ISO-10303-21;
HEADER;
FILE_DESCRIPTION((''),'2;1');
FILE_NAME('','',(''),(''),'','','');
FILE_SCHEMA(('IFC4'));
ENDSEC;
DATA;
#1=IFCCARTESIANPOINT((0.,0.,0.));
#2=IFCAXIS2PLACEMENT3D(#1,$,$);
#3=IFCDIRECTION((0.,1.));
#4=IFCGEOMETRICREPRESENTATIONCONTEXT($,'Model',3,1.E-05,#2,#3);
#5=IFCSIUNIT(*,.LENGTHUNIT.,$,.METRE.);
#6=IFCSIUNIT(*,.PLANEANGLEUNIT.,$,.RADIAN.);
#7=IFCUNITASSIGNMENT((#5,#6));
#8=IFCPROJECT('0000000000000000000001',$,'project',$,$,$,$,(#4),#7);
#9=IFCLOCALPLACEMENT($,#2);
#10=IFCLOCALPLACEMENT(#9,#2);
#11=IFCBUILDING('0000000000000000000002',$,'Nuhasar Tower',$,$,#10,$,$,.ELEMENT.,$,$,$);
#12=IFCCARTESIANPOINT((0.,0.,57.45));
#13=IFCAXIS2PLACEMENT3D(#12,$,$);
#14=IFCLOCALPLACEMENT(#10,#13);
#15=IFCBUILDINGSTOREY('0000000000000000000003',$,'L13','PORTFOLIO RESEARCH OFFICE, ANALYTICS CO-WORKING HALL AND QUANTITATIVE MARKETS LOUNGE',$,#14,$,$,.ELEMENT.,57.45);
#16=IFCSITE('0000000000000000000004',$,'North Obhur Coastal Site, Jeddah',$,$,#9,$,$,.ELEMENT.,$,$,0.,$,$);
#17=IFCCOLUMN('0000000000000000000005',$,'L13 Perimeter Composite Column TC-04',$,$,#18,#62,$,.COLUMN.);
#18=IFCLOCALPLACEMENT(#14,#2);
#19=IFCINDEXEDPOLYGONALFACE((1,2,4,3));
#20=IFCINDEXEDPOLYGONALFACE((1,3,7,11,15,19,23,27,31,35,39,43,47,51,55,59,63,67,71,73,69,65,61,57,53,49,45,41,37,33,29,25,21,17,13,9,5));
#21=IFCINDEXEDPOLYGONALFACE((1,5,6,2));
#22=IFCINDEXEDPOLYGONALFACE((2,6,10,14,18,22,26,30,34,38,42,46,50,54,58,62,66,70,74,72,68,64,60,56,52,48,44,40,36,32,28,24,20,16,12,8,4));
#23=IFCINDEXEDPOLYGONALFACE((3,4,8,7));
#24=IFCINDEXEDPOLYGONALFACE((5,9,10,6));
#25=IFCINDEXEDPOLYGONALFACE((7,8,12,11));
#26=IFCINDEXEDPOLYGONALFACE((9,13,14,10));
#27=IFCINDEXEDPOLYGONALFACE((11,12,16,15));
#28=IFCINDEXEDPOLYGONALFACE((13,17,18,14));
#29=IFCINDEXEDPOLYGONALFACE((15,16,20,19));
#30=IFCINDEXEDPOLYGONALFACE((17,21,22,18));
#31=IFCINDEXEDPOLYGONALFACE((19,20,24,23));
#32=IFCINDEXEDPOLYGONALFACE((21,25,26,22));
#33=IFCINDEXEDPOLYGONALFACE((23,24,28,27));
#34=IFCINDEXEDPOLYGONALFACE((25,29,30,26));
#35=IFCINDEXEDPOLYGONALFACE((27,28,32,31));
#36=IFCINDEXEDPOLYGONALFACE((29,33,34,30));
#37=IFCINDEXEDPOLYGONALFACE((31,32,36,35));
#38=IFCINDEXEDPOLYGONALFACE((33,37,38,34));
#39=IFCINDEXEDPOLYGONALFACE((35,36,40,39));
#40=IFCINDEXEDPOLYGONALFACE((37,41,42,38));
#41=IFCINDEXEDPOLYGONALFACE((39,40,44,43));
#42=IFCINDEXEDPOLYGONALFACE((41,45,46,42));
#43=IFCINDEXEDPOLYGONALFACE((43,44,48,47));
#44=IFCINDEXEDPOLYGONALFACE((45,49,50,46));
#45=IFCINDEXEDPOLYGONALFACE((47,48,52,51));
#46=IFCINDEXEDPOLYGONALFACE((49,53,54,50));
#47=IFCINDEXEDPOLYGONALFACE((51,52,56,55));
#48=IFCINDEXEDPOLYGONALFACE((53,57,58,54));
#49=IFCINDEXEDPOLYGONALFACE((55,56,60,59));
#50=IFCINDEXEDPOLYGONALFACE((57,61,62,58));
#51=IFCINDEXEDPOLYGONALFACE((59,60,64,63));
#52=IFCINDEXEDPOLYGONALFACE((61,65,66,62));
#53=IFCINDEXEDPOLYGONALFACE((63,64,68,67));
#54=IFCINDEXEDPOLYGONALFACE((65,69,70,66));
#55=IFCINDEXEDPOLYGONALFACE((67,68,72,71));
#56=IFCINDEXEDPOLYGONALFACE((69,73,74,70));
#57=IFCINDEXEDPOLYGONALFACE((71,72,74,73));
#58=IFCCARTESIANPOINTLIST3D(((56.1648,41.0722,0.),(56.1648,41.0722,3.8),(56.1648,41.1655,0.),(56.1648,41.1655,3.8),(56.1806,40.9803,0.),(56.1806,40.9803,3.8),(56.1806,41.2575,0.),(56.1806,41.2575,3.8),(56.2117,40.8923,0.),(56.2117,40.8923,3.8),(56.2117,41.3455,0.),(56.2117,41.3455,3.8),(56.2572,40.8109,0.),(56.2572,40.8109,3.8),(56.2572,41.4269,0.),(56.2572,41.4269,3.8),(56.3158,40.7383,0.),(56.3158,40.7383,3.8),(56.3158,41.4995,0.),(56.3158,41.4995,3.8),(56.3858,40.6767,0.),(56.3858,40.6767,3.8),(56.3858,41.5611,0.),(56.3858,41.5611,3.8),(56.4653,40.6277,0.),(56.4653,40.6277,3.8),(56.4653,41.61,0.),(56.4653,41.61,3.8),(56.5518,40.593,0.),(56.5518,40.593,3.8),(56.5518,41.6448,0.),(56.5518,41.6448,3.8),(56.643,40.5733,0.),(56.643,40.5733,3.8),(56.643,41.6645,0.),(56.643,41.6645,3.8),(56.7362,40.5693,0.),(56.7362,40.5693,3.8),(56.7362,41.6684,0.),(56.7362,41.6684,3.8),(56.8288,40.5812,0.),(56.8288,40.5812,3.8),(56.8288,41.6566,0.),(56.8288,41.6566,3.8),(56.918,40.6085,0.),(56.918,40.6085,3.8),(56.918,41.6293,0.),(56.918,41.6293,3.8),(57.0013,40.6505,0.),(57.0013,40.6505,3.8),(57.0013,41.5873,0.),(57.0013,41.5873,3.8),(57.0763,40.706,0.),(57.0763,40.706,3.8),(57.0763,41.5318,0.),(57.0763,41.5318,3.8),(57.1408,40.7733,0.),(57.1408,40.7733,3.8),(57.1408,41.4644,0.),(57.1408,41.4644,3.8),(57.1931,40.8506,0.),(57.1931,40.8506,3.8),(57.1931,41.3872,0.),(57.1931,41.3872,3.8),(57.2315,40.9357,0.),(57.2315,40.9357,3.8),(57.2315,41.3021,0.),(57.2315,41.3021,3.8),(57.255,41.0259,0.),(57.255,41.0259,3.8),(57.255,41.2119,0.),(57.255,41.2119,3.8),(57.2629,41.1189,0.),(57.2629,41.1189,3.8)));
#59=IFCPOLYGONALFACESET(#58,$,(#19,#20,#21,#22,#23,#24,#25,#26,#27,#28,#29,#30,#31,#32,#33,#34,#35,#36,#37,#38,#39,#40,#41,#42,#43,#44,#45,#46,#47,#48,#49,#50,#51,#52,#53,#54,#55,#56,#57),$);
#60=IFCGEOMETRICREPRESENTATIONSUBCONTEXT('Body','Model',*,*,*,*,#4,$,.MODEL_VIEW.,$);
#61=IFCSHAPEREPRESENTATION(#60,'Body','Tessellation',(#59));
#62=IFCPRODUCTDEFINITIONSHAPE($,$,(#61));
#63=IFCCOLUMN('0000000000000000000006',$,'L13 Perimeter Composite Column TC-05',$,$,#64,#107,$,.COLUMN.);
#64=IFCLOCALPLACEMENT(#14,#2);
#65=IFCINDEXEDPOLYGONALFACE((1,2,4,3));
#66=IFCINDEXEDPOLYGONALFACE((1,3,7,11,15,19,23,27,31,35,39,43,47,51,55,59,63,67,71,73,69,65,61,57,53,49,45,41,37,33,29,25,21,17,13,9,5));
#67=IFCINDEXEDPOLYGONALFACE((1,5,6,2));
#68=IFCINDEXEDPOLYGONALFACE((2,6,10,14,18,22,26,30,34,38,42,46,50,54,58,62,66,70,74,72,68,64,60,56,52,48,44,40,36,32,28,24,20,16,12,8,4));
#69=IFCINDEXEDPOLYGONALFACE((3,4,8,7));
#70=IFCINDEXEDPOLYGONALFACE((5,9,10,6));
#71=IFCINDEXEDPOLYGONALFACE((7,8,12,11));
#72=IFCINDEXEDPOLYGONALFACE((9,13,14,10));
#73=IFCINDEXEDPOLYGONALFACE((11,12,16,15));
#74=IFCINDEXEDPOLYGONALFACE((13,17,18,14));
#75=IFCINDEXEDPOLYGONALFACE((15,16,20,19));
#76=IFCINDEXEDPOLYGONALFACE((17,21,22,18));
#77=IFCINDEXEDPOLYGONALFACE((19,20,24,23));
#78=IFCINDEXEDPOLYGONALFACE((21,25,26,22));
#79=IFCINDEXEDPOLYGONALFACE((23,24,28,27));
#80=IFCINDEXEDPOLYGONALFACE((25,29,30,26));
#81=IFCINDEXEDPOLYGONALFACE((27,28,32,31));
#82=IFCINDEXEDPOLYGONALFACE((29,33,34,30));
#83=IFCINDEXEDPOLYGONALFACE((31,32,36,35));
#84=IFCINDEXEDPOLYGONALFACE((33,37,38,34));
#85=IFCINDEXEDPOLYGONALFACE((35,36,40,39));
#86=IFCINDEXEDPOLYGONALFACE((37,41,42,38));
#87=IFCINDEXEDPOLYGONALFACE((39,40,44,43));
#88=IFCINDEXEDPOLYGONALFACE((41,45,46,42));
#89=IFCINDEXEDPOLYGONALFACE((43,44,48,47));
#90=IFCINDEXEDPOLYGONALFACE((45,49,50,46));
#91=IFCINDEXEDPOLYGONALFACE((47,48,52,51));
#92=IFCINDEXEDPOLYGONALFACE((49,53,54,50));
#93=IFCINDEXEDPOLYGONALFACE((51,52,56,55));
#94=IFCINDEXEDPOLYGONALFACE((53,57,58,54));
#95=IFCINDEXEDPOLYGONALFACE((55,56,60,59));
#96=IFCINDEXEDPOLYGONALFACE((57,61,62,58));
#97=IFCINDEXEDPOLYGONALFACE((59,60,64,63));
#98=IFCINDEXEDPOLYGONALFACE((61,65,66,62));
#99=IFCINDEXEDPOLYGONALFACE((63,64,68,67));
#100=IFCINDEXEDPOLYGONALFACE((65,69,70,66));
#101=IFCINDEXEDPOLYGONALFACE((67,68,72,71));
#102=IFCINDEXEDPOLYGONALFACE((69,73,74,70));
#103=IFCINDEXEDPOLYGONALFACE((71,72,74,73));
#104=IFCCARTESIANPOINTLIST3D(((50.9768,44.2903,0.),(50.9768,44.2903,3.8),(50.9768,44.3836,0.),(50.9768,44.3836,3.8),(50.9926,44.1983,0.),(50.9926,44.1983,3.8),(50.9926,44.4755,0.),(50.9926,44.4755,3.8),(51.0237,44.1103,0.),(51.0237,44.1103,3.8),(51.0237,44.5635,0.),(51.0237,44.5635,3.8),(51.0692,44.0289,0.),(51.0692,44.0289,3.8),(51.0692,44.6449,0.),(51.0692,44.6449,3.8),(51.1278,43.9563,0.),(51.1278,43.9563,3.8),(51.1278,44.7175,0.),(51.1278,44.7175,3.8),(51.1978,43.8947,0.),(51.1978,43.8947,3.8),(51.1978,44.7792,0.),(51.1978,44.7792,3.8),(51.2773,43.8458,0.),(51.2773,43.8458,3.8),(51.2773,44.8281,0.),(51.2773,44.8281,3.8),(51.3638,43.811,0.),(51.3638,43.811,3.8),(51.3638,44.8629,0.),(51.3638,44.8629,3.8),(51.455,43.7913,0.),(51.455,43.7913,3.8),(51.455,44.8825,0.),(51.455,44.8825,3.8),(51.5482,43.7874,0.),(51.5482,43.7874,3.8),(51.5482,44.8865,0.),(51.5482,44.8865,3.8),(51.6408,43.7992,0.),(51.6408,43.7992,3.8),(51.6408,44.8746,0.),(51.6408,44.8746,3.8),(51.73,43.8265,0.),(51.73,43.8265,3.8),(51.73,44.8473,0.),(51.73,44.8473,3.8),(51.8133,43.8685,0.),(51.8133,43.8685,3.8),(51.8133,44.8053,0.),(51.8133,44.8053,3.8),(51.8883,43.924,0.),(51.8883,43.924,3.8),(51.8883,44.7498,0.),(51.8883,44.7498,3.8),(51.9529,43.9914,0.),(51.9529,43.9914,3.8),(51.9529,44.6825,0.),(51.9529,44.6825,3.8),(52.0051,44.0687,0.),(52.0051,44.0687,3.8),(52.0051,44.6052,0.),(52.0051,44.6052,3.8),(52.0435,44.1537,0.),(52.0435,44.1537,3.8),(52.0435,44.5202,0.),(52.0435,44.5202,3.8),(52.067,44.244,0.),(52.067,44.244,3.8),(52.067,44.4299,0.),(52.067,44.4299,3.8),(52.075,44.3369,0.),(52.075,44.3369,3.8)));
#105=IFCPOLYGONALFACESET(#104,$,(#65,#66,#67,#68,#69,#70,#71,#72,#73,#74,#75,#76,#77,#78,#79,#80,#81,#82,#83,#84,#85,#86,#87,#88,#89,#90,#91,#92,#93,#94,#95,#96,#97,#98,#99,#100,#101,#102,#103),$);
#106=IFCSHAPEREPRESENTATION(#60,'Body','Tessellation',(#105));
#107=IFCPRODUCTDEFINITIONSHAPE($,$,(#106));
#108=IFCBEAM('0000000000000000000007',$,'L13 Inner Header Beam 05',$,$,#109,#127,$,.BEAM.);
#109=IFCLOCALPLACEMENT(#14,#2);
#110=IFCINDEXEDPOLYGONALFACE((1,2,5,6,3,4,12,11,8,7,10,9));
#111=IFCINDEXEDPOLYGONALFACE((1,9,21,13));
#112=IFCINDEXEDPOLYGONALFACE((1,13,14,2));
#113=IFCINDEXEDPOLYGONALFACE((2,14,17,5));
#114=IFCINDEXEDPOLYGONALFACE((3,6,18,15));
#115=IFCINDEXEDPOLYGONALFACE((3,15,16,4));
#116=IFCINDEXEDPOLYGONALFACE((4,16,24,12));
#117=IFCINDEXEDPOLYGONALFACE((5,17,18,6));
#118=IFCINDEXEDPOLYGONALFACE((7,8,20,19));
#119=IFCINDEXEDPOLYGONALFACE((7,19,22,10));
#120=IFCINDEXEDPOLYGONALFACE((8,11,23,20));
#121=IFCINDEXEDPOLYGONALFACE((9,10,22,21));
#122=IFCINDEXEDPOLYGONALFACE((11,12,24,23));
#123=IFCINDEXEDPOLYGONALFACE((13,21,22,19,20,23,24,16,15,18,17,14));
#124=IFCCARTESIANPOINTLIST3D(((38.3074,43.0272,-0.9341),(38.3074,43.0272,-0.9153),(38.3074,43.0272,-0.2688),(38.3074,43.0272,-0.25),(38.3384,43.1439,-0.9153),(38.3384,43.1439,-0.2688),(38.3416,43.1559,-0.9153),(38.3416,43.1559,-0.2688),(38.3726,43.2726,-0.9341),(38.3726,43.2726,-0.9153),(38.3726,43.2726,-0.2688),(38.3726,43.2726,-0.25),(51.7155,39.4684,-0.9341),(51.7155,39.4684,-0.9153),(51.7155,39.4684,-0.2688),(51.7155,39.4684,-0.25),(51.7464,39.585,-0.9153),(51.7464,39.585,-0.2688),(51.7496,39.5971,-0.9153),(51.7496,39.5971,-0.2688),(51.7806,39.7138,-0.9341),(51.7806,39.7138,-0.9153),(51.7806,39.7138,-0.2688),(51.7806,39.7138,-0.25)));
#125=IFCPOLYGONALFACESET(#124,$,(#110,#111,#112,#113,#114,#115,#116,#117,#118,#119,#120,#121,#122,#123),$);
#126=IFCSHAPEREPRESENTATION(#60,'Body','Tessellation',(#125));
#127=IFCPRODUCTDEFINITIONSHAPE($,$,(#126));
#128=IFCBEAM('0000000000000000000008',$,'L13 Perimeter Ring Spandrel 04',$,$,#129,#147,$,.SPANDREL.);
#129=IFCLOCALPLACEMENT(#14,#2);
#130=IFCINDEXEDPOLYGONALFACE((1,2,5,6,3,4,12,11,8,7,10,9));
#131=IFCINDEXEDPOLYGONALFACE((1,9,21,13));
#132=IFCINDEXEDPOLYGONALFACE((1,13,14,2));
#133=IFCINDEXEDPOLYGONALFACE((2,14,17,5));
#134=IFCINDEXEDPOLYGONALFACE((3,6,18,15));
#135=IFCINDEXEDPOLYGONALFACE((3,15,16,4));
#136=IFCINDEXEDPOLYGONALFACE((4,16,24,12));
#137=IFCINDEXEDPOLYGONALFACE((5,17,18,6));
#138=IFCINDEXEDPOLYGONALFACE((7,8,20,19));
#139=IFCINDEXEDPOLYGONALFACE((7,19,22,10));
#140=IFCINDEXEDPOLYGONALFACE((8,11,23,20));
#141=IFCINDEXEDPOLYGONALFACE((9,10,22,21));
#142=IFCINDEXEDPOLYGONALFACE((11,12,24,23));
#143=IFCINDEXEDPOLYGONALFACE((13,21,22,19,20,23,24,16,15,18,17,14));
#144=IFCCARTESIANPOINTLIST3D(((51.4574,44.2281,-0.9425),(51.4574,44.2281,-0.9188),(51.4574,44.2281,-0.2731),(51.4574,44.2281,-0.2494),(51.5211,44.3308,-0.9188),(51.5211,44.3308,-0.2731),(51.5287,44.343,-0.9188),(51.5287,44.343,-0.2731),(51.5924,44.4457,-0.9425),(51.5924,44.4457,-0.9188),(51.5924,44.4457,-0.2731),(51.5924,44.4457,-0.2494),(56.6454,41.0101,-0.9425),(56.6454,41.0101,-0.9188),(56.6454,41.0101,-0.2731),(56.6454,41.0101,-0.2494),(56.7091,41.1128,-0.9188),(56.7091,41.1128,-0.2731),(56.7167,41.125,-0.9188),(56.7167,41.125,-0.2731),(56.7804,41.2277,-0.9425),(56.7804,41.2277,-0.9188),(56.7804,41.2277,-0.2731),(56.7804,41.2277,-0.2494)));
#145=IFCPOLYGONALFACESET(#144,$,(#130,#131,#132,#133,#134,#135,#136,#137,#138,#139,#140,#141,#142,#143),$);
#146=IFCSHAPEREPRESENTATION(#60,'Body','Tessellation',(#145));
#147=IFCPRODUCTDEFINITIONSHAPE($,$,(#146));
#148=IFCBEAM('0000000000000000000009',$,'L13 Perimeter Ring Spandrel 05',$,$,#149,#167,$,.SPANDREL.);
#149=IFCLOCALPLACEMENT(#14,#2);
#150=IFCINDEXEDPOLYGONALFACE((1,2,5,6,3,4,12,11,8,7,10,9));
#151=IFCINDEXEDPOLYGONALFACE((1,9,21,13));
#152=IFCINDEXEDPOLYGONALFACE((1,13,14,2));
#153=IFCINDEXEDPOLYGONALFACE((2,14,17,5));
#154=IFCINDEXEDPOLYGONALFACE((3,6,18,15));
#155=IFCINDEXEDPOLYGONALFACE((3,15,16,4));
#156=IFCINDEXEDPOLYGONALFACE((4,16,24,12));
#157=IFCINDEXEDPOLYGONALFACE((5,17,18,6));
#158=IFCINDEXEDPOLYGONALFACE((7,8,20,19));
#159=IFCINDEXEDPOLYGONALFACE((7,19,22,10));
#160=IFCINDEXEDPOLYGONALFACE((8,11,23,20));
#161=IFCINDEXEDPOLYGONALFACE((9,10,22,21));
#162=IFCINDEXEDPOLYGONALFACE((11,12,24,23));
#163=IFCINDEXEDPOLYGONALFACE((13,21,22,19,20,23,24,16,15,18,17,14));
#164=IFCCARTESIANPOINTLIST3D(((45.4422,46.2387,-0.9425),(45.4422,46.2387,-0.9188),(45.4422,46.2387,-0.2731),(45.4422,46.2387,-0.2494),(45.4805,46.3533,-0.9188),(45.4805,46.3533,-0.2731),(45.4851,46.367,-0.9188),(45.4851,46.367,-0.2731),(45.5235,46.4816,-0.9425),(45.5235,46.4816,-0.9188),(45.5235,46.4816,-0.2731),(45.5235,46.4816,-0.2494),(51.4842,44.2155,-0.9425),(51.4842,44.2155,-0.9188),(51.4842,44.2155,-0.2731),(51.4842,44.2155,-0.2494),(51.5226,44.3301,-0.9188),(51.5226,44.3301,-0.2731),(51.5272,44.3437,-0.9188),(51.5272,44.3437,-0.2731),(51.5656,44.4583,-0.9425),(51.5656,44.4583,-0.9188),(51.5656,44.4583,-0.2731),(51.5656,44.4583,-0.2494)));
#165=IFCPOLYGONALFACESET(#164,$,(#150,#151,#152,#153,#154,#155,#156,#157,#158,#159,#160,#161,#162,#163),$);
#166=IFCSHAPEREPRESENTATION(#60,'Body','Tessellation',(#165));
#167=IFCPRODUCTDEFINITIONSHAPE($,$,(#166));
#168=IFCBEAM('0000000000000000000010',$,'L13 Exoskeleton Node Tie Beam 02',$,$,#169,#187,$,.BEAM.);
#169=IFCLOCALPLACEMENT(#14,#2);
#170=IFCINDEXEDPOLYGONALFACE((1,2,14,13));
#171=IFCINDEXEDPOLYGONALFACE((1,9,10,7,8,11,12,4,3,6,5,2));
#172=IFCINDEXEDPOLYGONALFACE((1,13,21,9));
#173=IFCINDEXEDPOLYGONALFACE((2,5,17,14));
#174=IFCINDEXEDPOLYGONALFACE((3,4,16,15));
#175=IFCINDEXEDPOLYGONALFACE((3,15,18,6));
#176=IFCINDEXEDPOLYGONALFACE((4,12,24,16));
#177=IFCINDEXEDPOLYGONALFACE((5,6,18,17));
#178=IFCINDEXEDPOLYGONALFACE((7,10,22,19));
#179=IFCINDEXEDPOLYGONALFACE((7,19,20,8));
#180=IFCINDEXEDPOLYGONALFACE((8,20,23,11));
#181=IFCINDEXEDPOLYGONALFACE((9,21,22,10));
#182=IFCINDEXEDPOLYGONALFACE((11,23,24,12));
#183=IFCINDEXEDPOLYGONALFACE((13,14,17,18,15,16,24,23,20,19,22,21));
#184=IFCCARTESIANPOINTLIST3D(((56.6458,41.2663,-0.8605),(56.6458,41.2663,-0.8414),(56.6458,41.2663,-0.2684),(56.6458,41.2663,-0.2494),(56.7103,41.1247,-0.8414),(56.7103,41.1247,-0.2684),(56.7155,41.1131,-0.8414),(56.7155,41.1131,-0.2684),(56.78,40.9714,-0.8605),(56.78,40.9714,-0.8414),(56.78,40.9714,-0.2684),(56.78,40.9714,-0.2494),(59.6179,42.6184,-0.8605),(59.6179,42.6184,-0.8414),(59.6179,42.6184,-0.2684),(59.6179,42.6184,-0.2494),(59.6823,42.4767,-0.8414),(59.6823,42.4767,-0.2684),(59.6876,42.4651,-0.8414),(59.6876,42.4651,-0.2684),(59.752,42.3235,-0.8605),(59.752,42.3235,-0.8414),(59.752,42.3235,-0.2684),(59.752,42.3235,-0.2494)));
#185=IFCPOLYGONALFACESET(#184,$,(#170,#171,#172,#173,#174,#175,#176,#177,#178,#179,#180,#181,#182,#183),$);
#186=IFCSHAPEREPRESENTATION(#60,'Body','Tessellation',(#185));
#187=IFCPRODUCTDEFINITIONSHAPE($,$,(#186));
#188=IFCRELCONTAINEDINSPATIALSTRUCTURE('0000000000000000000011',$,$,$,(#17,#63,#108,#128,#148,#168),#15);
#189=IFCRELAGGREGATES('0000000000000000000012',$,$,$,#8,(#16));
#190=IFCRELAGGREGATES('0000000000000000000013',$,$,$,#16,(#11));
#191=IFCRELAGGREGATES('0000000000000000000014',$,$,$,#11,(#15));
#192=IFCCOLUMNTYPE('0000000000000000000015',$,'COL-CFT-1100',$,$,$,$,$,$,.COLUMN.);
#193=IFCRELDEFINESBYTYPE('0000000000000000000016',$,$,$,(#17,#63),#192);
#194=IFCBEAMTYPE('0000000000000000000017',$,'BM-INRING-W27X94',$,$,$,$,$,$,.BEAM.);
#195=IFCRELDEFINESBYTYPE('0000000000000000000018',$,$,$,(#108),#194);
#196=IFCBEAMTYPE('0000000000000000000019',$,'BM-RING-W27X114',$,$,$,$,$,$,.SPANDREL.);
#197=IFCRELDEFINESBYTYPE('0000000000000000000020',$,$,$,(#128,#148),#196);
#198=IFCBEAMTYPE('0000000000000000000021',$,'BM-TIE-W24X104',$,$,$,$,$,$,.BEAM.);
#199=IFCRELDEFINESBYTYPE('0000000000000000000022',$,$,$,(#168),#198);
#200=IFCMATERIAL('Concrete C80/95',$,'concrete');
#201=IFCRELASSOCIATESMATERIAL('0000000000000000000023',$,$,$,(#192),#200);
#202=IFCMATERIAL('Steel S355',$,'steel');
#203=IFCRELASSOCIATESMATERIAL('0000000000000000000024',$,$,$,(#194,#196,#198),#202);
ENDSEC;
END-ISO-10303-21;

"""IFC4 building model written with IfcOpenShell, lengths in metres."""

from ifc_helpers import new_model, si_unit, direction, frame, origin, origin_2d, place, context, subcontext, project, spatial, circle, i_section, extrude, material, material_profile, profile_set, type_object, element, save


model = new_model("IFC4")

# Units and contexts
model_context = context("Model", 3, precision=1e-05, world=origin(), true_north=direction((0.0, 1.0)))
body_context = subcontext(model_context, "Body", "Model", "MODEL_VIEW")
ifc_project = project(units=[si_unit("LENGTHUNIT", "METRE"), si_unit("PLANEANGLEUNIT", "RADIAN")], contexts=[model_context])

# Site, building, storey
site_placement = place(None, origin())
site = spatial("IfcSite", under=ifc_project, at=site_placement, Name="North Obhur Coastal Site, Jeddah", CompositionType="ELEMENT", RefElevation=0.0)
building_placement = place(site_placement, origin())
building = spatial("IfcBuilding", under=site, at=building_placement, Name="Nuhasar Tower", CompositionType="ELEMENT")
storey_placement = place(building_placement, frame((0.0, 0.0, 57.45)))
storey = spatial("IfcBuildingStorey", under=building, at=storey_placement, Name="L13", Description="PORTFOLIO RESEARCH OFFICE, ANALYTICS CO-WORKING HALL AND QUANTITATIVE MARKETS LOUNGE", CompositionType="ELEMENT", Elevation=57.45)

# Columns
ifc_material_1 = material(Name="Concrete C80/95", Category="concrete")
ifc_material_profile_1 = material_profile(ifc_material_1, circle(Radius=0.55, at=origin_2d()), Name="CFT1100")
ifc_profile_set_1 = profile_set([ifc_material_profile_1], Name="Concrete C80/95")
column_type = type_object("IfcColumnType", Name="COL-CFT-1100", PredefinedType="COLUMN", material=ifc_profile_set_1)
for number, where, z_axis, x_axis, name in (
    (1, (56.7129, 41.1189, 0.0), (0.0, 0.0, 1.0), (1.0, 0.0, 0.0), "L13 Perimeter Composite Column TC-04"),
    (2, (51.5249, 44.3369, 0.0), (0.0, 0.0, 1.0), (1.0, 0.0, 0.0), "L13 Perimeter Composite Column TC-05"),
):
    element("IfcColumn", number, at=place(storey_placement, frame(where, z_axis=z_axis, x_axis=x_axis)), inside=storey, type_object=column_type, Name=name, PredefinedType="COLUMN", context=body_context, shape_type="SweptSolid", body=[
        extrude(circle(Radius=0.55, at=origin_2d()), origin(), (0.0, 0.0, 1.0), 3.8),
    ])

# Beams
ifc_material_2 = material(Name="Steel S355", Category="steel")
ifc_material_profile_2 = material_profile(ifc_material_2, i_section(OverallWidth=0.2539, OverallDepth=0.6841, WebThickness=0.0125, FlangeThickness=0.0188, at=origin_2d()), Name="W27X94")
ifc_profile_set_2 = profile_set([ifc_material_profile_2], Name="Steel S355")
beam_type_1 = type_object("IfcBeamType", Name="BM-INRING-W27X94", PredefinedType="BEAM", material=ifc_profile_set_2)
beam_1_placement = place(storey_placement, frame((51.748, 39.5911, -0.592), z_axis=(-0.966533, 0.256544, 0.0), x_axis=(-0.256544, -0.966533, 0.0)))
element("IfcBeam", 3, at=beam_1_placement, inside=storey, type_object=beam_type_1, Name="L13 Inner Header Beam 05", PredefinedType="BEAM", context=body_context, shape_type="SweptSolid", body=[
    extrude(i_section(OverallWidth=0.2539, OverallDepth=0.6841, WebThickness=0.0125, FlangeThickness=0.0188, at=origin_2d()), origin(), (0.0, 0.0, 1.0), 13.8723),
])
ifc_material_profile_3 = material_profile(ifc_material_2, i_section(OverallWidth=0.2561, OverallDepth=0.6931, WebThickness=0.0144, FlangeThickness=0.0237, at=origin_2d()), Name="W27X114")
ifc_profile_set_3 = profile_set([ifc_material_profile_3], Name="Steel S355")
beam_type_2 = type_object("IfcBeamType", Name="BM-RING-W27X114", PredefinedType="SPANDREL", material=ifc_profile_set_3)
beam_2_placement = place(storey_placement, frame((56.7129, 41.1189, -0.5959), z_axis=(-0.849795, 0.527113, 0.0), x_axis=(-0.527113, -0.849795, 0.0)))
element("IfcBeam", 4, at=beam_2_placement, inside=storey, type_object=beam_type_2, Name="L13 Perimeter Ring Spandrel 04", PredefinedType="SPANDREL", context=body_context, shape_type="SweptSolid", body=[
    extrude(i_section(OverallWidth=0.2561, OverallDepth=0.6931, WebThickness=0.0144, FlangeThickness=0.0237, at=origin_2d()), origin(), (0.0, 0.0, 1.0), 6.105),
])
beam_3_placement = place(storey_placement, frame((51.5249, 44.3369, -0.5959), z_axis=(-0.948249, 0.317526, 0.0), x_axis=(-0.317526, -0.948249, 0.0)))
element("IfcBeam", 5, at=beam_3_placement, inside=storey, type_object=beam_type_2, Name="L13 Perimeter Ring Spandrel 05", PredefinedType="SPANDREL", context=body_context, shape_type="SweptSolid", body=[
    extrude(i_section(OverallWidth=0.2561, OverallDepth=0.6931, WebThickness=0.0144, FlangeThickness=0.0237, at=origin_2d()), origin(), (0.0, 0.0, 1.0), 6.3718),
])
ifc_material_profile_4 = material_profile(ifc_material_2, i_section(OverallWidth=0.324, OverallDepth=0.6111, WebThickness=0.0127, FlangeThickness=0.019, at=origin_2d()), Name="W24X104")
ifc_profile_set_4 = profile_set([ifc_material_profile_4], Name="Steel S355")
beam_type_3 = type_object("IfcBeamType", Name="BM-TIE-W24X104", PredefinedType="BEAM", material=ifc_profile_set_4)
beam_4_placement = place(storey_placement, frame((56.7129, 41.1189, -0.5549), z_axis=(0.910244, 0.414073, 0.0), x_axis=(-0.414073, 0.910244, 0.0)))
element("IfcBeam", 6, at=beam_4_placement, inside=storey, type_object=beam_type_3, Name="L13 Exoskeleton Node Tie Beam 02", PredefinedType="BEAM", context=body_context, shape_type="SweptSolid", body=[
    extrude(i_section(OverallWidth=0.324, OverallDepth=0.6111, WebThickness=0.0127, FlangeThickness=0.019, at=origin_2d()), origin(), (0.0, 0.0, 1.0), 3.2651),
])

save(model, "model.ifc")
